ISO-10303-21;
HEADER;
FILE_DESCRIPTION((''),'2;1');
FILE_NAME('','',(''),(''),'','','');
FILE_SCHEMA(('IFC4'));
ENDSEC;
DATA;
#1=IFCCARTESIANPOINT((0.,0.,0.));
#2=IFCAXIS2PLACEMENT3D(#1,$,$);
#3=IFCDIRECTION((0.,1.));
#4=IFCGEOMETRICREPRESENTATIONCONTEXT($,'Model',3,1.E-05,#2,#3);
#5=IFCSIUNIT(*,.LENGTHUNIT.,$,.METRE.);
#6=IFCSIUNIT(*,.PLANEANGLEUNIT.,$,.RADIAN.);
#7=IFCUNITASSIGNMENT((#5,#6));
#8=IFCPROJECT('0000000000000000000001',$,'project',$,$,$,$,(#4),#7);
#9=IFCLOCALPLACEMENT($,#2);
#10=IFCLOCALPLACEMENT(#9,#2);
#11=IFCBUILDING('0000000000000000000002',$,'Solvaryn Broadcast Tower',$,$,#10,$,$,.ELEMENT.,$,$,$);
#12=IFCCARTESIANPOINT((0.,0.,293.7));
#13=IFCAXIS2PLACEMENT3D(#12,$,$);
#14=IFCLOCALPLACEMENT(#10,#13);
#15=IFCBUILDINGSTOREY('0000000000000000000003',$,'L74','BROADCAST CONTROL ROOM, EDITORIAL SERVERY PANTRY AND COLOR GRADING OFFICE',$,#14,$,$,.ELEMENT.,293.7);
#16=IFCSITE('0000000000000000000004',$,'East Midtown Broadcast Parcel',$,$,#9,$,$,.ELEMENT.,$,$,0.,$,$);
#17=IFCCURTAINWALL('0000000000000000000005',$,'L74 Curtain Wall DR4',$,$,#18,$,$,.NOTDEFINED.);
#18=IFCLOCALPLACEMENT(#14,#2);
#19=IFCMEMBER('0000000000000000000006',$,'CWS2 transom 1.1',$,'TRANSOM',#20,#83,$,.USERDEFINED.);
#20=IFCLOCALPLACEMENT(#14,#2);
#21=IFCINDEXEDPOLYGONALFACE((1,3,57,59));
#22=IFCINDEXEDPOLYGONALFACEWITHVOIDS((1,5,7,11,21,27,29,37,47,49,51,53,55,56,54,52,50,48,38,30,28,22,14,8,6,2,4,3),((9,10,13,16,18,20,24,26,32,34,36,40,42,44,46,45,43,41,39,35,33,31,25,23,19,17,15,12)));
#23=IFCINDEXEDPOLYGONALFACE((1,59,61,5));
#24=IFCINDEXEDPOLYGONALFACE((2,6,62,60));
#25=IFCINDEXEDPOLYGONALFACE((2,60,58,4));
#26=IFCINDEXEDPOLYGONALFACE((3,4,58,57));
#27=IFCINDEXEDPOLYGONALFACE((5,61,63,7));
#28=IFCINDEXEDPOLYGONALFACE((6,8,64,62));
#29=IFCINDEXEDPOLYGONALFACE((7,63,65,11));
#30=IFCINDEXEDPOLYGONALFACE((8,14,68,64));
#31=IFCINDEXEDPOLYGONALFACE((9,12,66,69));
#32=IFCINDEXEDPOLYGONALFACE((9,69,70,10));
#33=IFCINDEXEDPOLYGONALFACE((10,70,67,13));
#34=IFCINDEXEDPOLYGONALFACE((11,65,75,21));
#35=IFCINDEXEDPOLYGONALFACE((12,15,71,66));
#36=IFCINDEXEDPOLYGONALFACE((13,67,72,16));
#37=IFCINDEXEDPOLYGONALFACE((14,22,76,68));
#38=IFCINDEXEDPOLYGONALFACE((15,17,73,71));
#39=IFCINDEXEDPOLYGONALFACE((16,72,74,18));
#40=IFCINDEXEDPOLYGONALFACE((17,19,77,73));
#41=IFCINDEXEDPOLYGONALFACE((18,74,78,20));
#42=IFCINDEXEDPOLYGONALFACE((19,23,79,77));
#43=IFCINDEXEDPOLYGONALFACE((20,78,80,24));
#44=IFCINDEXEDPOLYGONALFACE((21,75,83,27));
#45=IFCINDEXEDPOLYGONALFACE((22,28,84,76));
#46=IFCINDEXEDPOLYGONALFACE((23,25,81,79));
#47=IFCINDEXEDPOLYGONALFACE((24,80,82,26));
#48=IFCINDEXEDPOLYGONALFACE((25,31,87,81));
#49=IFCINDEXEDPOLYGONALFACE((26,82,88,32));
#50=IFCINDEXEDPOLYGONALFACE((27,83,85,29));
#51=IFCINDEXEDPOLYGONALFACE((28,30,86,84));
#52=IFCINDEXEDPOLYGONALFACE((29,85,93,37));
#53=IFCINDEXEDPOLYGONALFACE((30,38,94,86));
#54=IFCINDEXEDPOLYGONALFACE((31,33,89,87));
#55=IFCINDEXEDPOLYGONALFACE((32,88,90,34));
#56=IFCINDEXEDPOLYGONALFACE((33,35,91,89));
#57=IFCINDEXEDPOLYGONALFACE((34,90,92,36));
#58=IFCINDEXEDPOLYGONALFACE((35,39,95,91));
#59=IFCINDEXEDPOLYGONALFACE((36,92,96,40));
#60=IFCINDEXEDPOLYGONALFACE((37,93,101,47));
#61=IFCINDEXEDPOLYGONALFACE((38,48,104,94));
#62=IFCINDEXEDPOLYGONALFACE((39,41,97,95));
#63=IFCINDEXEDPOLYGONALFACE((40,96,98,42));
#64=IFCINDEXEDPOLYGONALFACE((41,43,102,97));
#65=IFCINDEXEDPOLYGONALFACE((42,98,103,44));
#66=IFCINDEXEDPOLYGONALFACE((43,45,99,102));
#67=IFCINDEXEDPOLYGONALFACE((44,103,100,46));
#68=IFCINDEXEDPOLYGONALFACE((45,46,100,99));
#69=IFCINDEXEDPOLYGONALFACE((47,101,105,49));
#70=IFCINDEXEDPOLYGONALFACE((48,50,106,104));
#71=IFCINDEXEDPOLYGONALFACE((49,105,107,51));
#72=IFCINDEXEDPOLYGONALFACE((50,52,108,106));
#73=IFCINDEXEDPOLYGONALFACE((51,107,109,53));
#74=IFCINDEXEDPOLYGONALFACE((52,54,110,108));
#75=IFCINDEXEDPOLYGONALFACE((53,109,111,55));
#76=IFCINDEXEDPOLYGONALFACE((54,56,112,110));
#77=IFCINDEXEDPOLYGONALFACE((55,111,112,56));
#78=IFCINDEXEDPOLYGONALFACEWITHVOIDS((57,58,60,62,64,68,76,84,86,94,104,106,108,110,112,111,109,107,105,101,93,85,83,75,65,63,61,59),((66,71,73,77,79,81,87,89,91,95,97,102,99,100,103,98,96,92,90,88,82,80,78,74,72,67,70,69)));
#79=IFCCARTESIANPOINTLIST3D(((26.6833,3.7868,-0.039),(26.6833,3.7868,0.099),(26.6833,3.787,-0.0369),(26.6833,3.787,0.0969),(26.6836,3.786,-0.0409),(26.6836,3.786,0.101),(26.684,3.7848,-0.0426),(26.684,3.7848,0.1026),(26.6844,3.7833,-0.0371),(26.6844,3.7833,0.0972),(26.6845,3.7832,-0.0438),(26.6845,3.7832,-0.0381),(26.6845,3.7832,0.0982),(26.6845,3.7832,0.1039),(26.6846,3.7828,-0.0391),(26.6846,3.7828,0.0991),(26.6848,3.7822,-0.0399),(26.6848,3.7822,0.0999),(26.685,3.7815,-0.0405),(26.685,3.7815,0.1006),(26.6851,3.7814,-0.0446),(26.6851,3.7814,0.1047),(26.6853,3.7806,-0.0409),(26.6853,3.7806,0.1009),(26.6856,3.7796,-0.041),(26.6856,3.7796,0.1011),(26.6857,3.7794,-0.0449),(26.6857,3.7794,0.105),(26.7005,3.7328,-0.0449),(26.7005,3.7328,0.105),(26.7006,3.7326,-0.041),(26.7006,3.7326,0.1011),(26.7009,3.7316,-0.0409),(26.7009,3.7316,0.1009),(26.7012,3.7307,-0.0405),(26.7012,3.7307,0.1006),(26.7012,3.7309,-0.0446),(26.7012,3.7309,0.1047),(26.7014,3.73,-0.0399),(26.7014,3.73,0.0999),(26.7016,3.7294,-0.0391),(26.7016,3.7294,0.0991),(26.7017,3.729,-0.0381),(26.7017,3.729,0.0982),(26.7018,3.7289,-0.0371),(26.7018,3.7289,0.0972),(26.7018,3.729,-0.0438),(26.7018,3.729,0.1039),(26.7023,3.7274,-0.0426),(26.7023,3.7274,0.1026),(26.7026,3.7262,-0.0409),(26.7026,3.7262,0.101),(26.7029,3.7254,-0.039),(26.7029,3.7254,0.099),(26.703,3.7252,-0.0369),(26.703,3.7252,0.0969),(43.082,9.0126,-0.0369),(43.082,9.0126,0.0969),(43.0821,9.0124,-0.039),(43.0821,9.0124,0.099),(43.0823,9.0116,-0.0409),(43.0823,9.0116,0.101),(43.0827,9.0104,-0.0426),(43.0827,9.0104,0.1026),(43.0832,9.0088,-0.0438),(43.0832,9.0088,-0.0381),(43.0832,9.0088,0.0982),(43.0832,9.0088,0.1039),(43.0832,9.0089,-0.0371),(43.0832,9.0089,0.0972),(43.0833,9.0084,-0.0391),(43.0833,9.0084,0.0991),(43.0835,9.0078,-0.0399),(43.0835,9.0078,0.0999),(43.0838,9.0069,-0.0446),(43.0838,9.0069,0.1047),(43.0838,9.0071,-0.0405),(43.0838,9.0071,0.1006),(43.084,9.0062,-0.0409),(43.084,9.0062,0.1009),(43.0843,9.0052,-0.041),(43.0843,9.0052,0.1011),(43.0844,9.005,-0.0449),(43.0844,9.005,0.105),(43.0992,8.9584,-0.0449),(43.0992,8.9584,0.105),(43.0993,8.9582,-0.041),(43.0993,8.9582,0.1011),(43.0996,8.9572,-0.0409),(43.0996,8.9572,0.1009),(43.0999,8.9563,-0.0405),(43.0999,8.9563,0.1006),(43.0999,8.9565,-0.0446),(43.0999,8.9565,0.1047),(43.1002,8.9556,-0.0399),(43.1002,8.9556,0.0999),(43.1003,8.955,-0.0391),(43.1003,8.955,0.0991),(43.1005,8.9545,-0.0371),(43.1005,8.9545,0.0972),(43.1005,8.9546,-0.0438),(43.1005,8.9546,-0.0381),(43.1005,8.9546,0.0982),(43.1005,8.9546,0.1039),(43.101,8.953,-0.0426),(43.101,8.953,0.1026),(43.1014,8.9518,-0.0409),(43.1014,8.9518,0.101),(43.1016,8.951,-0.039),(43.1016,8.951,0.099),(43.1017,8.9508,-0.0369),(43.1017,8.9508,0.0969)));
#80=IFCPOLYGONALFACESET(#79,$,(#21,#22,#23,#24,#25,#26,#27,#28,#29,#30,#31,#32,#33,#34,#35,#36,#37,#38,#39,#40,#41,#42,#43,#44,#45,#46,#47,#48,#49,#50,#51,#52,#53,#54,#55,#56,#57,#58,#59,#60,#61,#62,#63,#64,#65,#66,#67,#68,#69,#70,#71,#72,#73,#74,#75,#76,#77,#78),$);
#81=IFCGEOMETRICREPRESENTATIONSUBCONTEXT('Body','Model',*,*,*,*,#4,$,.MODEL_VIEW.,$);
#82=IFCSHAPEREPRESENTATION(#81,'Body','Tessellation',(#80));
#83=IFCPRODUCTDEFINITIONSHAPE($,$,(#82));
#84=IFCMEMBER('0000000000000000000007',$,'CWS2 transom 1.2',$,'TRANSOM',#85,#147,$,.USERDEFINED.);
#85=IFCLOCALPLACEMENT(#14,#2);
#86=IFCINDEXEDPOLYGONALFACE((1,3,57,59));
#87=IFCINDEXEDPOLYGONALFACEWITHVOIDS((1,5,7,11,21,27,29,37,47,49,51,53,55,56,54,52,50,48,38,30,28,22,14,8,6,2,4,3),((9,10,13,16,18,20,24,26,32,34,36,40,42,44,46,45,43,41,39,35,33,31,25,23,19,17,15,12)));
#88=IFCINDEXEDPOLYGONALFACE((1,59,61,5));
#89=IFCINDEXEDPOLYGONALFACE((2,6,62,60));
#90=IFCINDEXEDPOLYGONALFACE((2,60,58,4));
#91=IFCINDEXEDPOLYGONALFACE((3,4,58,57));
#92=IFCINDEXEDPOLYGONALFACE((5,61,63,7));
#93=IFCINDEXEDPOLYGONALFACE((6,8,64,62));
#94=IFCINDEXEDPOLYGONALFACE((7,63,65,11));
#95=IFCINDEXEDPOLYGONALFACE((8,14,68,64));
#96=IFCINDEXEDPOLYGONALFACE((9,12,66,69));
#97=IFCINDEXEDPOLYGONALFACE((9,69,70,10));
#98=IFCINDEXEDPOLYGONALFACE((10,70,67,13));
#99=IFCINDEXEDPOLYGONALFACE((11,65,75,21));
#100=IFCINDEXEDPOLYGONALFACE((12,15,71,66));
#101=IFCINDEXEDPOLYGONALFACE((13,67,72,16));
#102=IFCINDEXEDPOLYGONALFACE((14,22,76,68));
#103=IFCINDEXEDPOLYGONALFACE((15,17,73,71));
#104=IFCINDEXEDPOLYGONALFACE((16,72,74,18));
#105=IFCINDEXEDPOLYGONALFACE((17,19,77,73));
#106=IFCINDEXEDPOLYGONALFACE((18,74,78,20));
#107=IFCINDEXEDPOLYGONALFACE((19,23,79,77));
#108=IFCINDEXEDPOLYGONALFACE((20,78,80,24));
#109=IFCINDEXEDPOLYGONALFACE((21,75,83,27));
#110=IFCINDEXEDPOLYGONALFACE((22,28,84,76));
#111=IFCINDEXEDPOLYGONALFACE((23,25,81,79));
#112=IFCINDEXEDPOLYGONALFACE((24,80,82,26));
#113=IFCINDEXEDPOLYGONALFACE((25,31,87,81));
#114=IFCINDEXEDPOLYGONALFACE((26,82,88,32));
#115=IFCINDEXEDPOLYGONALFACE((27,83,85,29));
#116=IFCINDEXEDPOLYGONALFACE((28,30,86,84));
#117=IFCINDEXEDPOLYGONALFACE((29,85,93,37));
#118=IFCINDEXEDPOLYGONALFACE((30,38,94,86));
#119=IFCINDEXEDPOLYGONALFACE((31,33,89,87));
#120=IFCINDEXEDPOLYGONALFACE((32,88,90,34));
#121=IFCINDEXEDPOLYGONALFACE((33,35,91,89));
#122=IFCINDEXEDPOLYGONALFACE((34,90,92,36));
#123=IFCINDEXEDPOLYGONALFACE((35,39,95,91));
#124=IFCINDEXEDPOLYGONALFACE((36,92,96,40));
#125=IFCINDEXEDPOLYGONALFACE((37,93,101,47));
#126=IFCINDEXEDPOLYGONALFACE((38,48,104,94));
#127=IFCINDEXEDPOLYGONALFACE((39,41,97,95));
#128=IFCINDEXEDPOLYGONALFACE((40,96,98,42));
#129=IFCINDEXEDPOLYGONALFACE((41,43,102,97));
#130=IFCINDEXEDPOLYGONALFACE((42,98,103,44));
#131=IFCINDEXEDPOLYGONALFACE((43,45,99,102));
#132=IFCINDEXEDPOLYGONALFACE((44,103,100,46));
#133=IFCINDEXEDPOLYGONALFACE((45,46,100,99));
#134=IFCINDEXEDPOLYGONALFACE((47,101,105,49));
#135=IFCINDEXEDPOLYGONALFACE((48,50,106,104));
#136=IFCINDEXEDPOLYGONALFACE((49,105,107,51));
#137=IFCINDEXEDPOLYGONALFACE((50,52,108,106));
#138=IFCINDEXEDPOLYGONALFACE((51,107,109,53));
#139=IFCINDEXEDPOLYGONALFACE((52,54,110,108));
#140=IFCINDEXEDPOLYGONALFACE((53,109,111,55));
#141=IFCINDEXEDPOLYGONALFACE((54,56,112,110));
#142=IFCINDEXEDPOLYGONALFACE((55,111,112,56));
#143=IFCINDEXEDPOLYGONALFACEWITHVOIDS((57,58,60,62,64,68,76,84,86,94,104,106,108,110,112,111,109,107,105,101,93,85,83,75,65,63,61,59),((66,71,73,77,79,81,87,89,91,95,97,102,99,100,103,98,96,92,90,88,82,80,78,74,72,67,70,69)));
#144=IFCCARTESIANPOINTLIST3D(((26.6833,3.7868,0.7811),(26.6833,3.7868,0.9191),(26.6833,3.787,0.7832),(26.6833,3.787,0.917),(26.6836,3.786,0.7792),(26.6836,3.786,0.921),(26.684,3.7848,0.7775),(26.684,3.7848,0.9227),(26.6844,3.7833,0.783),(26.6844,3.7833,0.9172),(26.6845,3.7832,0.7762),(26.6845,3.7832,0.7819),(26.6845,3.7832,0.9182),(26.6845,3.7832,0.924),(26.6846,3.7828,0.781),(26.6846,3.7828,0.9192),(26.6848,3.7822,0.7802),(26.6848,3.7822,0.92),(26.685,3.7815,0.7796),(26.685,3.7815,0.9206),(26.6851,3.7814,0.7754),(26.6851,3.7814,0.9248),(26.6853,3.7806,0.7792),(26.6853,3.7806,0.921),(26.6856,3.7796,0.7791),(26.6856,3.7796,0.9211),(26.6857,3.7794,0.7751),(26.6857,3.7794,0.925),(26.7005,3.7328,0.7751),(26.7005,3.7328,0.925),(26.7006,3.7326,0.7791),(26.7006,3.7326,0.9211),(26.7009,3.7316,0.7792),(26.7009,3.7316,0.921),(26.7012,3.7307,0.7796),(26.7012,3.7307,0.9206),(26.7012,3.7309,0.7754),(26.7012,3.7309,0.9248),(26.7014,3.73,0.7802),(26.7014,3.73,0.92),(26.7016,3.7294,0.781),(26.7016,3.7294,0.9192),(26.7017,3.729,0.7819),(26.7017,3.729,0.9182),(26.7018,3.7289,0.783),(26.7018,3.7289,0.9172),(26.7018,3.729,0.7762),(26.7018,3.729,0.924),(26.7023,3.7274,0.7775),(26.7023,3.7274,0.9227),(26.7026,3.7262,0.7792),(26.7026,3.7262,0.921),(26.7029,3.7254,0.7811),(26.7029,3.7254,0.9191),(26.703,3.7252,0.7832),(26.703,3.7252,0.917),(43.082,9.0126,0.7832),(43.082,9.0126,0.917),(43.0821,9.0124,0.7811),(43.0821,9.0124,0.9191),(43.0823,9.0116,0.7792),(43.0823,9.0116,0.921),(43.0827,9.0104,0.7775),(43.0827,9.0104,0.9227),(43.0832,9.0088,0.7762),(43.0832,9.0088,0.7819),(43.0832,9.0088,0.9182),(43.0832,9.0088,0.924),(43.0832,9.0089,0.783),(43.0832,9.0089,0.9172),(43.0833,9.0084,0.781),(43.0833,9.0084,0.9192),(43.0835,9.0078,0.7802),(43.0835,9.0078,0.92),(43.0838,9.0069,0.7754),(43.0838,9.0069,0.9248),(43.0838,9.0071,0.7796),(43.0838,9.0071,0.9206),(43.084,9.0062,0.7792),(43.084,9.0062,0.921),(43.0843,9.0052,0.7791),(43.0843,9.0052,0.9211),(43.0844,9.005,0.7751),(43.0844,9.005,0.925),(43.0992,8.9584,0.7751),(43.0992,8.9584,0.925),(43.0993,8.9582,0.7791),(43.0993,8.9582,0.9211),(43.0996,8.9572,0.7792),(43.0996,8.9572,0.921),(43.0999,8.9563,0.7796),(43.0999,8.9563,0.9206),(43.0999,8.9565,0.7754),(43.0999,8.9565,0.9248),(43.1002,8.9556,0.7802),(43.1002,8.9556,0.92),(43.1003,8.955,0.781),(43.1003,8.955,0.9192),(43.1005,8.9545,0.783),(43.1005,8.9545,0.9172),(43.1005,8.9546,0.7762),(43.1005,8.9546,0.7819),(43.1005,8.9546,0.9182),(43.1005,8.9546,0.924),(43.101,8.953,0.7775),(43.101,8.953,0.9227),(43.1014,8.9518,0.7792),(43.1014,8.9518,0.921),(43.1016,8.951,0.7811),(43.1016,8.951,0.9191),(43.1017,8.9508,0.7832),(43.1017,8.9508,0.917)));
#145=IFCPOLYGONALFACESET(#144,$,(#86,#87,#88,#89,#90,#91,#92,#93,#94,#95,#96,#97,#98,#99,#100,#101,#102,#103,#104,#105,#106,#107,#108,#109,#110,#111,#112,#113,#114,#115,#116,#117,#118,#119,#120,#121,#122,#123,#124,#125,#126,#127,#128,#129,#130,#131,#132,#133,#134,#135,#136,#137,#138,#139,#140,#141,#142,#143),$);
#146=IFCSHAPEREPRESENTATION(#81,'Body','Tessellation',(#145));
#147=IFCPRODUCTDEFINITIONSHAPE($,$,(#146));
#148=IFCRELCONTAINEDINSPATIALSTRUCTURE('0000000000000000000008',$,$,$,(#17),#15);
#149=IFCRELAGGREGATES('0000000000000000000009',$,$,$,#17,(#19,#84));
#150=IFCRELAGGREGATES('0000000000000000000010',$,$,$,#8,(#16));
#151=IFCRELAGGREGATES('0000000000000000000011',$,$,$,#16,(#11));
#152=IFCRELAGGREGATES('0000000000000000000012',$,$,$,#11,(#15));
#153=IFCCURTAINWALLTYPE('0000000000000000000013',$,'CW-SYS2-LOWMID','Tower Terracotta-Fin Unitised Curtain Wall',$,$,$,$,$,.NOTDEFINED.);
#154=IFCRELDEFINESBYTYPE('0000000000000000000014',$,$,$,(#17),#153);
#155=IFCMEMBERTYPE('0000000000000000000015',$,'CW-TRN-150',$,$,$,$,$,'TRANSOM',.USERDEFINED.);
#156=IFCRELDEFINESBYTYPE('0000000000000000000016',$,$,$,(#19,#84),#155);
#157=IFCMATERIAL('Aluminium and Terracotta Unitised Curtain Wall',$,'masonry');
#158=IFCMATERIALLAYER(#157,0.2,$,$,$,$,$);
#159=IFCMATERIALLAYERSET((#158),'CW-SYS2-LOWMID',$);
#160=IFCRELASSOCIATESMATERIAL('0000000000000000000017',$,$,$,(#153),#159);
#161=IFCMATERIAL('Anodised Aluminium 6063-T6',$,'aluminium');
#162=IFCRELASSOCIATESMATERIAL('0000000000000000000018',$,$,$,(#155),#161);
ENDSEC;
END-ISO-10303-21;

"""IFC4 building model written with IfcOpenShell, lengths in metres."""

from ifc_helpers import new_model, si_unit, direction, frame, origin, origin_2d, place, context, subcontext, project, spatial, hollow_rectangle, extrude, material, layer, layer_set, material_profile, profile_set, type_object, element, aggregate, save


model = new_model("IFC4")

# Units and contexts
model_context = context("Model", 3, precision=1e-05, world=origin(), true_north=direction((0.0, 1.0)))
body_context = subcontext(model_context, "Body", "Model", "MODEL_VIEW")
ifc_project = project(units=[si_unit("LENGTHUNIT", "METRE"), si_unit("PLANEANGLEUNIT", "RADIAN")], contexts=[model_context])

# Site, building, storey
site_placement = place(None, origin())
site = spatial("IfcSite", under=ifc_project, at=site_placement, Name="East Midtown Broadcast Parcel", CompositionType="ELEMENT", RefElevation=0.0)
building_placement = place(site_placement, origin())
building = spatial("IfcBuilding", under=site, at=building_placement, Name="Solvaryn Broadcast Tower", CompositionType="ELEMENT")
storey_placement = place(building_placement, frame((0.0, 0.0, 293.7)))
storey = spatial("IfcBuildingStorey", under=building, at=storey_placement, Name="L74", Description="BROADCAST CONTROL ROOM, EDITORIAL SERVERY PANTRY AND COLOR GRADING OFFICE", CompositionType="ELEMENT", Elevation=293.7)

# Shared definitions
ifc_material_1 = material(Name="Aluminium and Terracotta Unitised Curtain Wall", Category="masonry")
ifc_layer_1 = layer(ifc_material_1, 0.2)
ifc_layer_set_1 = layer_set([ifc_layer_1], Name="CW-SYS2-LOWMID")
curtain_wall_type = type_object("IfcCurtainWallType", Name="CW-SYS2-LOWMID", Description="Tower Terracotta-Fin Unitised Curtain Wall", PredefinedType="NOTDEFINED", material=ifc_layer_set_1)

# Curtain wall, members
curtain_wall_1_placement = place(storey_placement, origin())
curtain_wall_1 = element("IfcCurtainWall", 1, at=curtain_wall_1_placement, inside=storey, type_object=curtain_wall_type, Name="L74 Curtain Wall DR4", PredefinedType="NOTDEFINED")
ifc_material_2 = material(Name="Anodised Aluminium 6063-T6", Category="aluminium")
ifc_material_profile_1 = material_profile(ifc_material_2, hollow_rectangle(XDim=0.0649, YDim=0.1499, WallThickness=0.0039, InnerFilletRadius=0.0039, OuterFilletRadius=0.0081, at=origin_2d()))
ifc_profile_set_1 = profile_set([ifc_material_profile_1], Name="Anodised Aluminium 6063-T6")
member_type_1 = type_object("IfcMemberType", Name="CW-TRN-150", ElementType="TRANSOM", PredefinedType="USERDEFINED", material=ifc_profile_set_1)
member_1_placement = place(storey_placement, frame((26.6931, 3.7561, 0.03), z_axis=(0.952794, 0.303616, 0.0), x_axis=(-0.303616, 0.952794, 0.0)))
member_1 = element("IfcMember", 2, at=member_1_placement, type_object=member_type_1, Name="CWS2 transom 1.1", ObjectType="TRANSOM", PredefinedType="USERDEFINED", context=body_context, shape_type="SweptSolid", body=[
    extrude(hollow_rectangle(XDim=0.0649, YDim=0.1499, WallThickness=0.0039, InnerFilletRadius=0.0039, OuterFilletRadius=0.0081, at=origin_2d()), origin(), (0.0, 0.0, 1.0), 17.2112),
])
member_2_placement = place(storey_placement, frame((26.6931, 3.7561, 0.8501), z_axis=(0.952794, 0.303616, 0.0), x_axis=(-0.303616, 0.952794, 0.0)))
member_2 = element("IfcMember", 3, at=member_2_placement, type_object=member_type_1, Name="CWS2 transom 1.2", ObjectType="TRANSOM", PredefinedType="USERDEFINED", context=body_context, shape_type="SweptSolid", body=[
    extrude(hollow_rectangle(XDim=0.0649, YDim=0.1499, WallThickness=0.0039, InnerFilletRadius=0.0039, OuterFilletRadius=0.0081, at=origin_2d()), origin(), (0.0, 0.0, 1.0), 17.2112),
])
aggregate(curtain_wall_1, [member_1, member_2])

save(model, "model.ifc")
